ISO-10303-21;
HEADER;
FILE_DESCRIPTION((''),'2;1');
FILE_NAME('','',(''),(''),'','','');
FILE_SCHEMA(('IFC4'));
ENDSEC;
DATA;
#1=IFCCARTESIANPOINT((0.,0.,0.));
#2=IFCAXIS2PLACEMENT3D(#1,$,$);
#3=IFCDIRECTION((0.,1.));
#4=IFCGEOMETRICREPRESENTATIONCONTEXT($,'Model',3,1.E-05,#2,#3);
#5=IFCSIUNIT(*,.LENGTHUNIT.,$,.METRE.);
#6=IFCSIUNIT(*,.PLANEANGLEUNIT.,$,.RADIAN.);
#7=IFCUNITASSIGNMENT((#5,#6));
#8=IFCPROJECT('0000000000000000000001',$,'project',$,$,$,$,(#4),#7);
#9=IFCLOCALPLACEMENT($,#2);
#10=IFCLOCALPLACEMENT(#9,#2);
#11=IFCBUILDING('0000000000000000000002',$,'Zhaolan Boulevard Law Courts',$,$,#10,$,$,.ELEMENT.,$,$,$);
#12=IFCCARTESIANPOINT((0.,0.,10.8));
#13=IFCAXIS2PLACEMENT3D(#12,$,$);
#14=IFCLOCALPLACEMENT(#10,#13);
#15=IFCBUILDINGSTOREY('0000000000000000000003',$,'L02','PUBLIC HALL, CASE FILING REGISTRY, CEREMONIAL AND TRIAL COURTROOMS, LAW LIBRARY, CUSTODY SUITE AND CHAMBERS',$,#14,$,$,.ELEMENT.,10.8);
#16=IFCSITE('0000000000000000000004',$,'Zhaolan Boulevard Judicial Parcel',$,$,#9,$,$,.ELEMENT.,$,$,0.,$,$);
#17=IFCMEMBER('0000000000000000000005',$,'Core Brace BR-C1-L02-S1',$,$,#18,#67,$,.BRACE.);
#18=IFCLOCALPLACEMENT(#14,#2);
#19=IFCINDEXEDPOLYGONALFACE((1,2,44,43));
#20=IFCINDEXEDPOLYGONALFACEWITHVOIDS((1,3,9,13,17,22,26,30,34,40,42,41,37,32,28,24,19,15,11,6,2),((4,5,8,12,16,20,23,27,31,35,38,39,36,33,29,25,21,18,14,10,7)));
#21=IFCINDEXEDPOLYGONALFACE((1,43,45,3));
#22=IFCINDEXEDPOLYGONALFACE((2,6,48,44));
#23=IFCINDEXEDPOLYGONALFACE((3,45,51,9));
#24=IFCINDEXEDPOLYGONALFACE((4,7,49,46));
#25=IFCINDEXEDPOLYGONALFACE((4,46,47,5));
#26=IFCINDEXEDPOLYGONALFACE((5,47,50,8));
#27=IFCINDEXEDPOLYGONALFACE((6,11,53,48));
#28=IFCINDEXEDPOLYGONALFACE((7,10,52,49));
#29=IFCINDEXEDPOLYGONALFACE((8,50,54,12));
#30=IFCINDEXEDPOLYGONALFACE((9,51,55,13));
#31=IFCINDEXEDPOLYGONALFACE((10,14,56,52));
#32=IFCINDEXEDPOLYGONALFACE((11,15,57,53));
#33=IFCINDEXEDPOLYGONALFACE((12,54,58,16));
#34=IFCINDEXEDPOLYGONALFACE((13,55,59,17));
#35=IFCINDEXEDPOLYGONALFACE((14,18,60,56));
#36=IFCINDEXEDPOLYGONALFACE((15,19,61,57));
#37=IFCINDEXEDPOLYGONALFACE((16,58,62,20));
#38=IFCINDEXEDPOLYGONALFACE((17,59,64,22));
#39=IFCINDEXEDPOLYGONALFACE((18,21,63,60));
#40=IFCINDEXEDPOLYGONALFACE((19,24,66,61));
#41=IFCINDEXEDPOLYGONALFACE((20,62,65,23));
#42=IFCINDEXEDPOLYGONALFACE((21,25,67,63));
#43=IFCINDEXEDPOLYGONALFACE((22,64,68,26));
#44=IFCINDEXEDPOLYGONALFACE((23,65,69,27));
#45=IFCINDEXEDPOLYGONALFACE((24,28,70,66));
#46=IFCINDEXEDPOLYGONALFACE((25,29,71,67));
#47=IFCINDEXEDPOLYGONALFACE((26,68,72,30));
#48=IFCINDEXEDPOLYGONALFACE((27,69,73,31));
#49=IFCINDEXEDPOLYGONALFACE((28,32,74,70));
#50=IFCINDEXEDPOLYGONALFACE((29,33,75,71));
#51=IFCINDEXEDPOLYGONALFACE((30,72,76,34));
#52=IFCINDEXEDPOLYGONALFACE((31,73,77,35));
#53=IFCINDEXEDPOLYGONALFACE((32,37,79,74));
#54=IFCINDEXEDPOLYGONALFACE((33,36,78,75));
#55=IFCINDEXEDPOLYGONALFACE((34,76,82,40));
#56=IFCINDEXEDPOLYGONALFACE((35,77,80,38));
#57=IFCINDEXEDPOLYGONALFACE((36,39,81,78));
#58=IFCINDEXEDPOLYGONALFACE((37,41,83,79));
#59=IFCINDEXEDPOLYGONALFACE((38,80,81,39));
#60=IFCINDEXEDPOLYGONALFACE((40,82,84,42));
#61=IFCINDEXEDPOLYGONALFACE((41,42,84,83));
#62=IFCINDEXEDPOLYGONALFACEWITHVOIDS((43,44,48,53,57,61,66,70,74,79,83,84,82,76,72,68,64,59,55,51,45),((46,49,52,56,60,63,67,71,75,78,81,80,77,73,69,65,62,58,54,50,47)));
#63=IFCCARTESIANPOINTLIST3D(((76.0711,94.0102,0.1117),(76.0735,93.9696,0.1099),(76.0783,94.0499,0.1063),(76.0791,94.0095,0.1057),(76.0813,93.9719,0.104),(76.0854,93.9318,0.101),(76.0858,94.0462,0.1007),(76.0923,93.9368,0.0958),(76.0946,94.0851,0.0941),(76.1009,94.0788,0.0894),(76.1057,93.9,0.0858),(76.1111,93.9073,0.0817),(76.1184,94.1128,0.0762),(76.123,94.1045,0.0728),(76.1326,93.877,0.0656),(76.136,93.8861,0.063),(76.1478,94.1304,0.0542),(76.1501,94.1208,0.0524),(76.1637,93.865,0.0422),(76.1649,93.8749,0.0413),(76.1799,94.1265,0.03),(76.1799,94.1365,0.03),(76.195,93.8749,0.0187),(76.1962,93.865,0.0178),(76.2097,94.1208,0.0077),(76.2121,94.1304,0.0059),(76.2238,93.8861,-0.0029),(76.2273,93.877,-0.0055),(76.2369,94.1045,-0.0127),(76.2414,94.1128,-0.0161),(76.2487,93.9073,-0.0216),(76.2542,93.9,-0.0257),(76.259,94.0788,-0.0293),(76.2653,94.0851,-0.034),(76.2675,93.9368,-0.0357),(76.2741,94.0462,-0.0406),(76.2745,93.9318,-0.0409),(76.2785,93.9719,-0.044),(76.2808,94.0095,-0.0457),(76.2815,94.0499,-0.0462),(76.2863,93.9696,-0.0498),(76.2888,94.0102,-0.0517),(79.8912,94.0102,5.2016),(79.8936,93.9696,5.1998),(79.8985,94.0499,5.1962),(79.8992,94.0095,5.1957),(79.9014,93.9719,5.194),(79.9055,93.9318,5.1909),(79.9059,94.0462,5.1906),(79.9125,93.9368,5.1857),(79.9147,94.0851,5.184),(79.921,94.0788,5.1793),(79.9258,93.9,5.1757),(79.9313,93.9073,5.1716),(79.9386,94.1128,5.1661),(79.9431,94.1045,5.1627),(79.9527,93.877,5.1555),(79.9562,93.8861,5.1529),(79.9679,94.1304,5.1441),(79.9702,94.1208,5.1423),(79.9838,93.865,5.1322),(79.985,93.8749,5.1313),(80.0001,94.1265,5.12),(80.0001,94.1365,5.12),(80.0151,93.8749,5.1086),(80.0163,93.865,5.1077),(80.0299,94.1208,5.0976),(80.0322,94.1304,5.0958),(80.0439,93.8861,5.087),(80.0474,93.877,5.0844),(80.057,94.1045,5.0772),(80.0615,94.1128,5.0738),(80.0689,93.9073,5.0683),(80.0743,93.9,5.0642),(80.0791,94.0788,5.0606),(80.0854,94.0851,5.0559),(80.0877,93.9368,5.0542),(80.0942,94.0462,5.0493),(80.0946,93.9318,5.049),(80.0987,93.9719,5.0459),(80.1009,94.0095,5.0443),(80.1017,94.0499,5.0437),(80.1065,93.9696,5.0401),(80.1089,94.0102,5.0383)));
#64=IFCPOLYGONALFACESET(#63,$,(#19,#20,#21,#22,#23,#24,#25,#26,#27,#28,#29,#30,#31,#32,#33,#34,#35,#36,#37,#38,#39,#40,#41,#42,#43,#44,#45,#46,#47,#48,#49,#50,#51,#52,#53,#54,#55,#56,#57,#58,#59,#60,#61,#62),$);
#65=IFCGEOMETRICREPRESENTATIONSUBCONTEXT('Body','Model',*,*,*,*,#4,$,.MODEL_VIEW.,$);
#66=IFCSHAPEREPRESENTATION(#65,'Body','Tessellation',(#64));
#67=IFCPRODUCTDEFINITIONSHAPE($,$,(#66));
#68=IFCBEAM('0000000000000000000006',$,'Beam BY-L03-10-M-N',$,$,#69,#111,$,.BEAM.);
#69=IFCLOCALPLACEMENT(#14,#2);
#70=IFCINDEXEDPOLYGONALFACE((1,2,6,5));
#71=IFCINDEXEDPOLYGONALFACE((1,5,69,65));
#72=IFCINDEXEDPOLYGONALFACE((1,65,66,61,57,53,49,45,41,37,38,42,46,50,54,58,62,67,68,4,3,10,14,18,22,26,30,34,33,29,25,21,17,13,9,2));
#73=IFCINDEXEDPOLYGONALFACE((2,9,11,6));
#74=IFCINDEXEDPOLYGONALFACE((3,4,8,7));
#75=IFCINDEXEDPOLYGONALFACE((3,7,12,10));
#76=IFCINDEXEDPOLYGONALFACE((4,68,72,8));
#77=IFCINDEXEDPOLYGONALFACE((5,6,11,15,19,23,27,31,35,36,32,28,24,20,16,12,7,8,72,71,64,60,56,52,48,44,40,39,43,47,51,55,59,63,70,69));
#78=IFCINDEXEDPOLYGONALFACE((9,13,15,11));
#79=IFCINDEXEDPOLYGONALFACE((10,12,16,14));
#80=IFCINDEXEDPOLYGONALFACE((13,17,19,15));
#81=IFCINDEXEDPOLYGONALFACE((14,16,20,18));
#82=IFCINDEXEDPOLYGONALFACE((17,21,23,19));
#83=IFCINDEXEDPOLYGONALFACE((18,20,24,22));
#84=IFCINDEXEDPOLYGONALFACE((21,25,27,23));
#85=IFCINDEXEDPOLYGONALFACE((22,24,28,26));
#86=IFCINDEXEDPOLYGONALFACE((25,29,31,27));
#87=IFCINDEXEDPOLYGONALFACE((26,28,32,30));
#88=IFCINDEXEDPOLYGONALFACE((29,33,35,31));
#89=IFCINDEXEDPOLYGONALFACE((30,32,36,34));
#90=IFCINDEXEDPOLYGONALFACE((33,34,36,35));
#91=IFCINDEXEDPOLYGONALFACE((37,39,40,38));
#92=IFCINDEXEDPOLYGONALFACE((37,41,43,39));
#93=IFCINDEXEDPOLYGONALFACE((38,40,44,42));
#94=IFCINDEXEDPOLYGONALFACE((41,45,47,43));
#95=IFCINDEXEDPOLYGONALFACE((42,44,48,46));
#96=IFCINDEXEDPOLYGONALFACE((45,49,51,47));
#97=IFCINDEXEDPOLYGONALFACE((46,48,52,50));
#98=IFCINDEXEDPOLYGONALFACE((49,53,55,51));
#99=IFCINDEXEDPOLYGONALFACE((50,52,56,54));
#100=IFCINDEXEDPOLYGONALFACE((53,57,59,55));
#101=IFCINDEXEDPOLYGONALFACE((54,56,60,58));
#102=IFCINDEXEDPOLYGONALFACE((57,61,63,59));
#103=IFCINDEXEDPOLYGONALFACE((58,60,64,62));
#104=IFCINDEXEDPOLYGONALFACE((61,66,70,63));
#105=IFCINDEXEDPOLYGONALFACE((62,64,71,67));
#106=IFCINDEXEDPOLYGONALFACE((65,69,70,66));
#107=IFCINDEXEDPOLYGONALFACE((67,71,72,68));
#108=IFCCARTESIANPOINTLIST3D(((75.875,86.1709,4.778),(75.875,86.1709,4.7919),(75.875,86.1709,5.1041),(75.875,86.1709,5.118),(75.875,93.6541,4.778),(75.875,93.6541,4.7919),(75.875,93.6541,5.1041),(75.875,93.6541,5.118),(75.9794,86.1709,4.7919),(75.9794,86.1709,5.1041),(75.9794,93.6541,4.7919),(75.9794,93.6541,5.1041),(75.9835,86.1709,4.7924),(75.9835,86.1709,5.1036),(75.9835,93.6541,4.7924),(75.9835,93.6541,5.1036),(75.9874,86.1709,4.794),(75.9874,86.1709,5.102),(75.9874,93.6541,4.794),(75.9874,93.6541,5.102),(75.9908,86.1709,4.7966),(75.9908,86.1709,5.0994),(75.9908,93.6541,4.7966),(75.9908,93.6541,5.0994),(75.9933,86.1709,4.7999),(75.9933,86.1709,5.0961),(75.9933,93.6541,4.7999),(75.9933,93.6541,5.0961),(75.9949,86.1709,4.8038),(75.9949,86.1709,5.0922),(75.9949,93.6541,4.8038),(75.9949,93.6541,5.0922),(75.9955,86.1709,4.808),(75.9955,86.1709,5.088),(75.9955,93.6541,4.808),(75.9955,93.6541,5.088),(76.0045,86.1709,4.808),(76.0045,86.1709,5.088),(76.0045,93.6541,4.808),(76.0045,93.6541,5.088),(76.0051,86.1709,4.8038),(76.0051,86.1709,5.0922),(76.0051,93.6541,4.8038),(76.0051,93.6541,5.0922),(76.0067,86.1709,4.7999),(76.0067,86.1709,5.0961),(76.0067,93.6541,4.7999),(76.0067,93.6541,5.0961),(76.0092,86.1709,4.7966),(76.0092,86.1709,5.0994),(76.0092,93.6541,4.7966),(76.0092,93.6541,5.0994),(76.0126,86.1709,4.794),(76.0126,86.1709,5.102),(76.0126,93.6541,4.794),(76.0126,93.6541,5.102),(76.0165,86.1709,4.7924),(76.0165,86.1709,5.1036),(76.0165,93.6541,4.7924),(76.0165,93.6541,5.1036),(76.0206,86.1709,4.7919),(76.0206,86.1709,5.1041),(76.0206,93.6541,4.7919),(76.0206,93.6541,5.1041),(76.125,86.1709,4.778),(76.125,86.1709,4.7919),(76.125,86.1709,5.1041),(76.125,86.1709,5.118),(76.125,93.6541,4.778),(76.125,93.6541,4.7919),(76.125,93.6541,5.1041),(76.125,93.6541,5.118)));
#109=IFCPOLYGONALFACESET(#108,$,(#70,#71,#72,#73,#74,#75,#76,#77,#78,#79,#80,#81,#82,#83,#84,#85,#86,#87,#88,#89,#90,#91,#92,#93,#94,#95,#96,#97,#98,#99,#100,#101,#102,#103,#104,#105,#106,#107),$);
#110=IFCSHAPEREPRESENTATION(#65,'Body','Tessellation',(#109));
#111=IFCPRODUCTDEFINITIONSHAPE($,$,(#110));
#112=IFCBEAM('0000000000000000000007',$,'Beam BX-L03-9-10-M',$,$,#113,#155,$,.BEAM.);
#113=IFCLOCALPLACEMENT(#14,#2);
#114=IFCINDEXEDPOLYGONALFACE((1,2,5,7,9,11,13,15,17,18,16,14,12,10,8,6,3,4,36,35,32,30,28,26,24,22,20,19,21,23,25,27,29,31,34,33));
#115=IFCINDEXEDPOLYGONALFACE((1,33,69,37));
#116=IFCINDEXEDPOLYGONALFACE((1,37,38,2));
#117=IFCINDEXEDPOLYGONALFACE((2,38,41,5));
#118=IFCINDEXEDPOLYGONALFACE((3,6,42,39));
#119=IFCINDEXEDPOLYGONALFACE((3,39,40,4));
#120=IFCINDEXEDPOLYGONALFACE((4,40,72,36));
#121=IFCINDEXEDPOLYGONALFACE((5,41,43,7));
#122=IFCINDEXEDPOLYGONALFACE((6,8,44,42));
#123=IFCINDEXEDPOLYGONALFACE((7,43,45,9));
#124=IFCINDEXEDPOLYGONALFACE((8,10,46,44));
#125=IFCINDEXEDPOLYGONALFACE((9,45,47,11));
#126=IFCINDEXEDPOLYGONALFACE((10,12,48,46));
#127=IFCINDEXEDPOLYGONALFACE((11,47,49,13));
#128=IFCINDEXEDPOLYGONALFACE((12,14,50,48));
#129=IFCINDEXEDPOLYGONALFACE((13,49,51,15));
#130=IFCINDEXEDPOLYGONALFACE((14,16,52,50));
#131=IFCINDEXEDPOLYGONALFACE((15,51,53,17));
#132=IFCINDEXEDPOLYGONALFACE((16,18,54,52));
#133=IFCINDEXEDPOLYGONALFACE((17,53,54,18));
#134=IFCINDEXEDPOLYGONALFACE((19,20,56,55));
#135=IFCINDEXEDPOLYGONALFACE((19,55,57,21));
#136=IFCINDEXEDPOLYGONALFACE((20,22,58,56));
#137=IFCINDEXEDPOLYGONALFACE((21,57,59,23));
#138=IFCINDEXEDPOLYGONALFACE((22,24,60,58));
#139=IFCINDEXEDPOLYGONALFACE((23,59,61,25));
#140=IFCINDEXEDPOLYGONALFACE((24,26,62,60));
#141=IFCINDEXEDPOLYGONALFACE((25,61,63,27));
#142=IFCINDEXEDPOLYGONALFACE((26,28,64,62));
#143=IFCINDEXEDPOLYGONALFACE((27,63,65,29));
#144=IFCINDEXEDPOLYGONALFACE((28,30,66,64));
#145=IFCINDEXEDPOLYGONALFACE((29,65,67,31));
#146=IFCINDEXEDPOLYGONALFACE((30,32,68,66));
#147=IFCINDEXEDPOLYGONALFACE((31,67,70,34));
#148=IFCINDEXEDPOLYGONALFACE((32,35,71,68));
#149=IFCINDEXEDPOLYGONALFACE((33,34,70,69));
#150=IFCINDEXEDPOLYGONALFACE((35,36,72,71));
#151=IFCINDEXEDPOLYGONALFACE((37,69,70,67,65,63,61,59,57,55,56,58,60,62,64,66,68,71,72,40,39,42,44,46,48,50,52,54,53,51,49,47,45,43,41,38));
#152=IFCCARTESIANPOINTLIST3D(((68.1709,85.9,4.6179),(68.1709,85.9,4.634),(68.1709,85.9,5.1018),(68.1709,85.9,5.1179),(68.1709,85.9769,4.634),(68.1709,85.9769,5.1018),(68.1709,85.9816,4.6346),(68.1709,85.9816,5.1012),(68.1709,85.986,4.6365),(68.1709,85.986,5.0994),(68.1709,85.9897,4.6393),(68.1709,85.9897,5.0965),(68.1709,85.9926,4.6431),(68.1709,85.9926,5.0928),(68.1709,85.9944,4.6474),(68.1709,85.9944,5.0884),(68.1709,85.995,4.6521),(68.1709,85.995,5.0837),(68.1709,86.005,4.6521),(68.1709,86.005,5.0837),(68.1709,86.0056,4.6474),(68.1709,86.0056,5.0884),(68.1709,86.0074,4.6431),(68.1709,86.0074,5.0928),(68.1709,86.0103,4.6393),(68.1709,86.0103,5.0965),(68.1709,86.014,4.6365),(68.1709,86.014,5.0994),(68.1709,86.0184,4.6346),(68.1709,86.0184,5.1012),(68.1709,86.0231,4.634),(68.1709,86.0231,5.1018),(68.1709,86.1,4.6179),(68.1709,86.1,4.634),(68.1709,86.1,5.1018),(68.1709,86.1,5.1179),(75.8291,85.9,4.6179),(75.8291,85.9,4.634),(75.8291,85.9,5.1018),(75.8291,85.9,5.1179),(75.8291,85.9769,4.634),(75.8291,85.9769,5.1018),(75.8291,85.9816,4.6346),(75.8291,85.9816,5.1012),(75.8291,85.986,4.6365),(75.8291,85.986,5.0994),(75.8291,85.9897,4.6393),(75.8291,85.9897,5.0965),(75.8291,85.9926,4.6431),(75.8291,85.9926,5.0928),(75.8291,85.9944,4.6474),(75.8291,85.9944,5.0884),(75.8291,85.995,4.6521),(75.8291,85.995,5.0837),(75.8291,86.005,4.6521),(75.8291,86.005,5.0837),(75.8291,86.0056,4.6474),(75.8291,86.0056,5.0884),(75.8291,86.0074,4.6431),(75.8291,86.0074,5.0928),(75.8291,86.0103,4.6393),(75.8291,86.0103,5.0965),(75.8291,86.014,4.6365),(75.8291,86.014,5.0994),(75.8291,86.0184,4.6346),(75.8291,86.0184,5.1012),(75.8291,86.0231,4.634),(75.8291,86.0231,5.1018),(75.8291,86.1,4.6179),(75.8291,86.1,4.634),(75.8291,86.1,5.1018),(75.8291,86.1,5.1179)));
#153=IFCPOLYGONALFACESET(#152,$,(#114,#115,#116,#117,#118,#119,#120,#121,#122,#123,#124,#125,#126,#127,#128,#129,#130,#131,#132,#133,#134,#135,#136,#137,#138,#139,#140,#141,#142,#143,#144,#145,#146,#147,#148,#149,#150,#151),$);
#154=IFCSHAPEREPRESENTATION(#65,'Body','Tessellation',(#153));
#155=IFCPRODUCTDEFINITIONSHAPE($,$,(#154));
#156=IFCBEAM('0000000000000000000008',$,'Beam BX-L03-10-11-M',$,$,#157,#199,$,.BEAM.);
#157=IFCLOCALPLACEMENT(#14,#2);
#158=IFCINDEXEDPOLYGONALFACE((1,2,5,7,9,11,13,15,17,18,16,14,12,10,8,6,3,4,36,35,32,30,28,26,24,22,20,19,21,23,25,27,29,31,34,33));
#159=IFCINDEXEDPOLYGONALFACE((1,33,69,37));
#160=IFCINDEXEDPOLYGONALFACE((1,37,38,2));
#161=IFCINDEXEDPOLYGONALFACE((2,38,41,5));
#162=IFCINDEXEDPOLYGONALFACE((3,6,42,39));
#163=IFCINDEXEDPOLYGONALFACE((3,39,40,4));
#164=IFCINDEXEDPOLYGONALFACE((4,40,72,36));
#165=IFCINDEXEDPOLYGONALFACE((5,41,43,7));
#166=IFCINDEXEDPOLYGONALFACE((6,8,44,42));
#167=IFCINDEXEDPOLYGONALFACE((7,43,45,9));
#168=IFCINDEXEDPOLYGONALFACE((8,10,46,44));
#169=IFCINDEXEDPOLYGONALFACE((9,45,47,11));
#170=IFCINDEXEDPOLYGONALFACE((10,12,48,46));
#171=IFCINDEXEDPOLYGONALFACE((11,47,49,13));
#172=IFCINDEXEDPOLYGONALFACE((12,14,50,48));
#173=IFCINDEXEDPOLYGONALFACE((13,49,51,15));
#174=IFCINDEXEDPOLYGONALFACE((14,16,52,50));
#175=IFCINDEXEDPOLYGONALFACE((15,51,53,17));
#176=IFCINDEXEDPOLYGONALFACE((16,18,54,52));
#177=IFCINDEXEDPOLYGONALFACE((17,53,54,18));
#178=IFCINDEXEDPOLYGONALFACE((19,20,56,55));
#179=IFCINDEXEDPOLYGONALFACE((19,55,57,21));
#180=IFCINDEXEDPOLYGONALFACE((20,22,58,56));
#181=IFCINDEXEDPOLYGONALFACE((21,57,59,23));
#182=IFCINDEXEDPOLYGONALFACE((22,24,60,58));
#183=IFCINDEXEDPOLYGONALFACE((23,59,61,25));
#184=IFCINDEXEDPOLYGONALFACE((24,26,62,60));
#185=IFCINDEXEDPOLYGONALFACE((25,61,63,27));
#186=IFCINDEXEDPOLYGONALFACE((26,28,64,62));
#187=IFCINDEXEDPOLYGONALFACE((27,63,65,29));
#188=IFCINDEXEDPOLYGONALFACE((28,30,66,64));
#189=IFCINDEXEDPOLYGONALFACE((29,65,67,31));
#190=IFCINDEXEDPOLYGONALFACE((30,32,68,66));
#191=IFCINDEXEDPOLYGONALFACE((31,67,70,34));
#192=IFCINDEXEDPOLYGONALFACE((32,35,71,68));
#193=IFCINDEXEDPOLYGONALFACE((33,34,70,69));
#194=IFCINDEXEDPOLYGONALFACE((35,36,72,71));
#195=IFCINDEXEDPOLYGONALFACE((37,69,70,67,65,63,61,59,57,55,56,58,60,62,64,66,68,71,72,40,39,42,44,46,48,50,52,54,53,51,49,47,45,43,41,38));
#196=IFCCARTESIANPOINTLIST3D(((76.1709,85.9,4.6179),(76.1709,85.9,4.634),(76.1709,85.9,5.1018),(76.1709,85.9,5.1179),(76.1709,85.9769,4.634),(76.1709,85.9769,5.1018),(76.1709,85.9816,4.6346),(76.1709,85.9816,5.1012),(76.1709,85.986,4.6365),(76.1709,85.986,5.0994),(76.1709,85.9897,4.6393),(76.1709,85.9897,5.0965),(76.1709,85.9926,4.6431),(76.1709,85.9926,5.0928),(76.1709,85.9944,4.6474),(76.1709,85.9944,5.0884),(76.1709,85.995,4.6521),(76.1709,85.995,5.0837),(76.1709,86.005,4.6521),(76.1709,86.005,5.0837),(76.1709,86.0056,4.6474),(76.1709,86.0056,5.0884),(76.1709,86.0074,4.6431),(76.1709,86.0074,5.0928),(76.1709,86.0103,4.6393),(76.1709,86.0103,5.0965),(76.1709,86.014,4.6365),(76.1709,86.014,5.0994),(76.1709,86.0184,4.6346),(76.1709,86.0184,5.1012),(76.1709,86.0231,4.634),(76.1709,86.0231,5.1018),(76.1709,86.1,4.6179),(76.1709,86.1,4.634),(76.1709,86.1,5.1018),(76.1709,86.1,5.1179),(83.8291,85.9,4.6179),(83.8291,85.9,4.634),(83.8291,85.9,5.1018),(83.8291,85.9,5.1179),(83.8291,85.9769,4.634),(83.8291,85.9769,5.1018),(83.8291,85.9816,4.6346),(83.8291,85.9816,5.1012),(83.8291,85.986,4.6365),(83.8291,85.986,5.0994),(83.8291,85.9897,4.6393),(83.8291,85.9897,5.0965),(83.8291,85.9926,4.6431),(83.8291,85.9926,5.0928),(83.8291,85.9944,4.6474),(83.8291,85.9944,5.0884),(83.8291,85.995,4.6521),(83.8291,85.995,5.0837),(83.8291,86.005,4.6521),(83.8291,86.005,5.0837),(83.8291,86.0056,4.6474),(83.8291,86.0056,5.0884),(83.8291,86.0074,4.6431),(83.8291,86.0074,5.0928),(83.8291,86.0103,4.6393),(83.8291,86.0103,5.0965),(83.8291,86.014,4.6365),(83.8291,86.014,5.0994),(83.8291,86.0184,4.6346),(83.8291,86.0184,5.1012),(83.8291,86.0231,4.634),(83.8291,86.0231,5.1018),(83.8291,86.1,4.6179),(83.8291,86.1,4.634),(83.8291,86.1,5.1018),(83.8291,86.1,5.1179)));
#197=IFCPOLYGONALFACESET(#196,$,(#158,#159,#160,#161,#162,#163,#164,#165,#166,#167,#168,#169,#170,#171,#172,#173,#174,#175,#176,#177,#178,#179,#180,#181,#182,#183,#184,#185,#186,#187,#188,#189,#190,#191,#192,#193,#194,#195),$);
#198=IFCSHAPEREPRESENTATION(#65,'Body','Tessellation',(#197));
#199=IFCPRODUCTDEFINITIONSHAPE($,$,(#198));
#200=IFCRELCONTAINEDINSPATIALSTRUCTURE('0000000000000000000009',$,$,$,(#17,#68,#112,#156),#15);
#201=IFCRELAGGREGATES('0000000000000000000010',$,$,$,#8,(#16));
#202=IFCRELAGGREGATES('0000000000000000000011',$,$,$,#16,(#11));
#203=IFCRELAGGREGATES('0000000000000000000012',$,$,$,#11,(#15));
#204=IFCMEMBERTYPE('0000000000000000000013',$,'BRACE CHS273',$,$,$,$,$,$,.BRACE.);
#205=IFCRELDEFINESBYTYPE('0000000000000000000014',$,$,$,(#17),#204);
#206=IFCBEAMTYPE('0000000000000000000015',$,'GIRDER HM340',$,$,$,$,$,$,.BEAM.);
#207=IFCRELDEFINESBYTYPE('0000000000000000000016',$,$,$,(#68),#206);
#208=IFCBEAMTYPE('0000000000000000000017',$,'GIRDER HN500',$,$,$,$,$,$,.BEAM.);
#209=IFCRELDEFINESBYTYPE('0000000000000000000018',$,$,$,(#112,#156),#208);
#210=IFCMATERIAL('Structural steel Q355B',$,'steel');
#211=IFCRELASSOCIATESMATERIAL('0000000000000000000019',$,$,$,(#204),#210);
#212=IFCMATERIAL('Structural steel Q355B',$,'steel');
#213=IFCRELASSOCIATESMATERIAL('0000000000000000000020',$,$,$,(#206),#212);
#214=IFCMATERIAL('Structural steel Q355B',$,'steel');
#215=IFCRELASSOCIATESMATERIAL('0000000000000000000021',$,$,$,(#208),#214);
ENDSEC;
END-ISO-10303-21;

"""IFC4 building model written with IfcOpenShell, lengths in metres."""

from ifc_helpers import new_model, si_unit, direction, frame, origin, origin_2d, place, context, subcontext, project, spatial, hollow_circle, i_section, extrude, material, material_profile, profile_set, type_object, element, save


model = new_model("IFC4")

# Units and contexts
model_context = context("Model", 3, precision=1e-05, world=origin(), true_north=direction((0.0, 1.0)))
body_context = subcontext(model_context, "Body", "Model", "MODEL_VIEW")
ifc_project = project(units=[si_unit("LENGTHUNIT", "METRE"), si_unit("PLANEANGLEUNIT", "RADIAN")], contexts=[model_context])

# Site, building, storey
site_placement = place(None, origin())
site = spatial("IfcSite", under=ifc_project, at=site_placement, Name="Zhaolan Boulevard Judicial Parcel", CompositionType="ELEMENT", RefElevation=0.0)
building_placement = place(site_placement, origin())
building = spatial("IfcBuilding", under=site, at=building_placement, Name="Zhaolan Boulevard Law Courts", CompositionType="ELEMENT")
storey_placement = place(building_placement, frame((0.0, 0.0, 10.8)))
storey = spatial("IfcBuildingStorey", under=building, at=storey_placement, Name="L02", Description="PUBLIC HALL, CASE FILING REGISTRY, CEREMONIAL AND TRIAL COURTROOMS, LAW LIBRARY, CUSTODY SUITE AND CHAMBERS", CompositionType="ELEMENT", Elevation=10.8)

# Member
ifc_material_1 = material(Name="Structural steel Q355B", Category="steel")
ifc_material_profile_1 = material_profile(ifc_material_1, hollow_circle(Radius=0.1365, WallThickness=0.01, at=origin_2d()), Name="CHS273x10")
ifc_profile_set_1 = profile_set([ifc_material_profile_1], Name="Structural steel Q355B")
member_type_1 = type_object("IfcMemberType", Name="BRACE CHS273", PredefinedType="BRACE", material=ifc_profile_set_1)
member_1_placement = place(storey_placement, frame((76.1799, 94.0, 0.03), z_axis=(0.60027, 0.0, 0.799797), x_axis=(0.0, 1.0, 0.0)))
element("IfcMember", 1, at=member_1_placement, inside=storey, type_object=member_type_1, Name="Core Brace BR-C1-L02-S1", PredefinedType="BRACE", context=body_context, shape_type="SweptSolid", body=[
    extrude(hollow_circle(Radius=0.1365, WallThickness=0.01, at=origin_2d()), origin(), (0.0, 0.0, 1.0), 6.364),
])

# Beams
ifc_material_2 = material(Name="Structural steel Q355B", Category="steel")
ifc_material_profile_2 = material_profile(ifc_material_2, i_section(OverallWidth=0.25, OverallDepth=0.3401, WebThickness=0.009, FlangeThickness=0.0139, FilletRadius=0.0161, at=origin_2d()), Name="HM340x250")
ifc_profile_set_2 = profile_set([ifc_material_profile_2], Name="Structural steel Q355B")
beam_type_1 = type_object("IfcBeamType", Name="GIRDER HM340", PredefinedType="BEAM", material=ifc_profile_set_2)
beam_1_placement = place(storey_placement, frame((76.0, 86.1709, 4.948), z_axis=(0.0, 1.0, 0.0), x_axis=(-1.0, 0.0, 0.0)))
element("IfcBeam", 2, at=beam_1_placement, inside=storey, type_object=beam_type_1, Name="Beam BY-L03-10-M-N", PredefinedType="BEAM", context=body_context, shape_type="SweptSolid", body=[
    extrude(i_section(OverallWidth=0.25, OverallDepth=0.3401, WebThickness=0.009, FlangeThickness=0.0139, FilletRadius=0.0161, at=origin_2d()), origin(), (0.0, 0.0, 1.0), 7.4832),
])
ifc_material_3 = material(Name="Structural steel Q355B", Category="steel")
ifc_material_profile_3 = material_profile(ifc_material_3, i_section(OverallWidth=0.2, OverallDepth=0.5, WebThickness=0.01, FlangeThickness=0.0161, FilletRadius=0.0181, at=origin_2d()), Name="HN500x200")
ifc_profile_set_3 = profile_set([ifc_material_profile_3], Name="Structural steel Q355B")
beam_type_2 = type_object("IfcBeamType", Name="GIRDER HN500", PredefinedType="BEAM", material=ifc_profile_set_3)
for number, where, z_axis, x_axis, name in (
    (3, (68.1709, 86.0, 4.8679), (1.0, 0.0, 0.0), (0.0, 1.0, 0.0), "Beam BX-L03-9-10-M"),
    (4, (76.1709, 86.0, 4.8679), (1.0, 0.0, 0.0), (0.0, 1.0, 0.0), "Beam BX-L03-10-11-M"),
):
    element("IfcBeam", number, at=place(storey_placement, frame(where, z_axis=z_axis, x_axis=x_axis)), inside=storey, type_object=beam_type_2, Name=name, PredefinedType="BEAM", context=body_context, shape_type="SweptSolid", body=[
        extrude(i_section(OverallWidth=0.2, OverallDepth=0.5, WebThickness=0.01, FlangeThickness=0.0161, FilletRadius=0.0181, at=origin_2d()), origin(), (0.0, 0.0, 1.0), 7.6582),
    ])

save(model, "model.ifc")
